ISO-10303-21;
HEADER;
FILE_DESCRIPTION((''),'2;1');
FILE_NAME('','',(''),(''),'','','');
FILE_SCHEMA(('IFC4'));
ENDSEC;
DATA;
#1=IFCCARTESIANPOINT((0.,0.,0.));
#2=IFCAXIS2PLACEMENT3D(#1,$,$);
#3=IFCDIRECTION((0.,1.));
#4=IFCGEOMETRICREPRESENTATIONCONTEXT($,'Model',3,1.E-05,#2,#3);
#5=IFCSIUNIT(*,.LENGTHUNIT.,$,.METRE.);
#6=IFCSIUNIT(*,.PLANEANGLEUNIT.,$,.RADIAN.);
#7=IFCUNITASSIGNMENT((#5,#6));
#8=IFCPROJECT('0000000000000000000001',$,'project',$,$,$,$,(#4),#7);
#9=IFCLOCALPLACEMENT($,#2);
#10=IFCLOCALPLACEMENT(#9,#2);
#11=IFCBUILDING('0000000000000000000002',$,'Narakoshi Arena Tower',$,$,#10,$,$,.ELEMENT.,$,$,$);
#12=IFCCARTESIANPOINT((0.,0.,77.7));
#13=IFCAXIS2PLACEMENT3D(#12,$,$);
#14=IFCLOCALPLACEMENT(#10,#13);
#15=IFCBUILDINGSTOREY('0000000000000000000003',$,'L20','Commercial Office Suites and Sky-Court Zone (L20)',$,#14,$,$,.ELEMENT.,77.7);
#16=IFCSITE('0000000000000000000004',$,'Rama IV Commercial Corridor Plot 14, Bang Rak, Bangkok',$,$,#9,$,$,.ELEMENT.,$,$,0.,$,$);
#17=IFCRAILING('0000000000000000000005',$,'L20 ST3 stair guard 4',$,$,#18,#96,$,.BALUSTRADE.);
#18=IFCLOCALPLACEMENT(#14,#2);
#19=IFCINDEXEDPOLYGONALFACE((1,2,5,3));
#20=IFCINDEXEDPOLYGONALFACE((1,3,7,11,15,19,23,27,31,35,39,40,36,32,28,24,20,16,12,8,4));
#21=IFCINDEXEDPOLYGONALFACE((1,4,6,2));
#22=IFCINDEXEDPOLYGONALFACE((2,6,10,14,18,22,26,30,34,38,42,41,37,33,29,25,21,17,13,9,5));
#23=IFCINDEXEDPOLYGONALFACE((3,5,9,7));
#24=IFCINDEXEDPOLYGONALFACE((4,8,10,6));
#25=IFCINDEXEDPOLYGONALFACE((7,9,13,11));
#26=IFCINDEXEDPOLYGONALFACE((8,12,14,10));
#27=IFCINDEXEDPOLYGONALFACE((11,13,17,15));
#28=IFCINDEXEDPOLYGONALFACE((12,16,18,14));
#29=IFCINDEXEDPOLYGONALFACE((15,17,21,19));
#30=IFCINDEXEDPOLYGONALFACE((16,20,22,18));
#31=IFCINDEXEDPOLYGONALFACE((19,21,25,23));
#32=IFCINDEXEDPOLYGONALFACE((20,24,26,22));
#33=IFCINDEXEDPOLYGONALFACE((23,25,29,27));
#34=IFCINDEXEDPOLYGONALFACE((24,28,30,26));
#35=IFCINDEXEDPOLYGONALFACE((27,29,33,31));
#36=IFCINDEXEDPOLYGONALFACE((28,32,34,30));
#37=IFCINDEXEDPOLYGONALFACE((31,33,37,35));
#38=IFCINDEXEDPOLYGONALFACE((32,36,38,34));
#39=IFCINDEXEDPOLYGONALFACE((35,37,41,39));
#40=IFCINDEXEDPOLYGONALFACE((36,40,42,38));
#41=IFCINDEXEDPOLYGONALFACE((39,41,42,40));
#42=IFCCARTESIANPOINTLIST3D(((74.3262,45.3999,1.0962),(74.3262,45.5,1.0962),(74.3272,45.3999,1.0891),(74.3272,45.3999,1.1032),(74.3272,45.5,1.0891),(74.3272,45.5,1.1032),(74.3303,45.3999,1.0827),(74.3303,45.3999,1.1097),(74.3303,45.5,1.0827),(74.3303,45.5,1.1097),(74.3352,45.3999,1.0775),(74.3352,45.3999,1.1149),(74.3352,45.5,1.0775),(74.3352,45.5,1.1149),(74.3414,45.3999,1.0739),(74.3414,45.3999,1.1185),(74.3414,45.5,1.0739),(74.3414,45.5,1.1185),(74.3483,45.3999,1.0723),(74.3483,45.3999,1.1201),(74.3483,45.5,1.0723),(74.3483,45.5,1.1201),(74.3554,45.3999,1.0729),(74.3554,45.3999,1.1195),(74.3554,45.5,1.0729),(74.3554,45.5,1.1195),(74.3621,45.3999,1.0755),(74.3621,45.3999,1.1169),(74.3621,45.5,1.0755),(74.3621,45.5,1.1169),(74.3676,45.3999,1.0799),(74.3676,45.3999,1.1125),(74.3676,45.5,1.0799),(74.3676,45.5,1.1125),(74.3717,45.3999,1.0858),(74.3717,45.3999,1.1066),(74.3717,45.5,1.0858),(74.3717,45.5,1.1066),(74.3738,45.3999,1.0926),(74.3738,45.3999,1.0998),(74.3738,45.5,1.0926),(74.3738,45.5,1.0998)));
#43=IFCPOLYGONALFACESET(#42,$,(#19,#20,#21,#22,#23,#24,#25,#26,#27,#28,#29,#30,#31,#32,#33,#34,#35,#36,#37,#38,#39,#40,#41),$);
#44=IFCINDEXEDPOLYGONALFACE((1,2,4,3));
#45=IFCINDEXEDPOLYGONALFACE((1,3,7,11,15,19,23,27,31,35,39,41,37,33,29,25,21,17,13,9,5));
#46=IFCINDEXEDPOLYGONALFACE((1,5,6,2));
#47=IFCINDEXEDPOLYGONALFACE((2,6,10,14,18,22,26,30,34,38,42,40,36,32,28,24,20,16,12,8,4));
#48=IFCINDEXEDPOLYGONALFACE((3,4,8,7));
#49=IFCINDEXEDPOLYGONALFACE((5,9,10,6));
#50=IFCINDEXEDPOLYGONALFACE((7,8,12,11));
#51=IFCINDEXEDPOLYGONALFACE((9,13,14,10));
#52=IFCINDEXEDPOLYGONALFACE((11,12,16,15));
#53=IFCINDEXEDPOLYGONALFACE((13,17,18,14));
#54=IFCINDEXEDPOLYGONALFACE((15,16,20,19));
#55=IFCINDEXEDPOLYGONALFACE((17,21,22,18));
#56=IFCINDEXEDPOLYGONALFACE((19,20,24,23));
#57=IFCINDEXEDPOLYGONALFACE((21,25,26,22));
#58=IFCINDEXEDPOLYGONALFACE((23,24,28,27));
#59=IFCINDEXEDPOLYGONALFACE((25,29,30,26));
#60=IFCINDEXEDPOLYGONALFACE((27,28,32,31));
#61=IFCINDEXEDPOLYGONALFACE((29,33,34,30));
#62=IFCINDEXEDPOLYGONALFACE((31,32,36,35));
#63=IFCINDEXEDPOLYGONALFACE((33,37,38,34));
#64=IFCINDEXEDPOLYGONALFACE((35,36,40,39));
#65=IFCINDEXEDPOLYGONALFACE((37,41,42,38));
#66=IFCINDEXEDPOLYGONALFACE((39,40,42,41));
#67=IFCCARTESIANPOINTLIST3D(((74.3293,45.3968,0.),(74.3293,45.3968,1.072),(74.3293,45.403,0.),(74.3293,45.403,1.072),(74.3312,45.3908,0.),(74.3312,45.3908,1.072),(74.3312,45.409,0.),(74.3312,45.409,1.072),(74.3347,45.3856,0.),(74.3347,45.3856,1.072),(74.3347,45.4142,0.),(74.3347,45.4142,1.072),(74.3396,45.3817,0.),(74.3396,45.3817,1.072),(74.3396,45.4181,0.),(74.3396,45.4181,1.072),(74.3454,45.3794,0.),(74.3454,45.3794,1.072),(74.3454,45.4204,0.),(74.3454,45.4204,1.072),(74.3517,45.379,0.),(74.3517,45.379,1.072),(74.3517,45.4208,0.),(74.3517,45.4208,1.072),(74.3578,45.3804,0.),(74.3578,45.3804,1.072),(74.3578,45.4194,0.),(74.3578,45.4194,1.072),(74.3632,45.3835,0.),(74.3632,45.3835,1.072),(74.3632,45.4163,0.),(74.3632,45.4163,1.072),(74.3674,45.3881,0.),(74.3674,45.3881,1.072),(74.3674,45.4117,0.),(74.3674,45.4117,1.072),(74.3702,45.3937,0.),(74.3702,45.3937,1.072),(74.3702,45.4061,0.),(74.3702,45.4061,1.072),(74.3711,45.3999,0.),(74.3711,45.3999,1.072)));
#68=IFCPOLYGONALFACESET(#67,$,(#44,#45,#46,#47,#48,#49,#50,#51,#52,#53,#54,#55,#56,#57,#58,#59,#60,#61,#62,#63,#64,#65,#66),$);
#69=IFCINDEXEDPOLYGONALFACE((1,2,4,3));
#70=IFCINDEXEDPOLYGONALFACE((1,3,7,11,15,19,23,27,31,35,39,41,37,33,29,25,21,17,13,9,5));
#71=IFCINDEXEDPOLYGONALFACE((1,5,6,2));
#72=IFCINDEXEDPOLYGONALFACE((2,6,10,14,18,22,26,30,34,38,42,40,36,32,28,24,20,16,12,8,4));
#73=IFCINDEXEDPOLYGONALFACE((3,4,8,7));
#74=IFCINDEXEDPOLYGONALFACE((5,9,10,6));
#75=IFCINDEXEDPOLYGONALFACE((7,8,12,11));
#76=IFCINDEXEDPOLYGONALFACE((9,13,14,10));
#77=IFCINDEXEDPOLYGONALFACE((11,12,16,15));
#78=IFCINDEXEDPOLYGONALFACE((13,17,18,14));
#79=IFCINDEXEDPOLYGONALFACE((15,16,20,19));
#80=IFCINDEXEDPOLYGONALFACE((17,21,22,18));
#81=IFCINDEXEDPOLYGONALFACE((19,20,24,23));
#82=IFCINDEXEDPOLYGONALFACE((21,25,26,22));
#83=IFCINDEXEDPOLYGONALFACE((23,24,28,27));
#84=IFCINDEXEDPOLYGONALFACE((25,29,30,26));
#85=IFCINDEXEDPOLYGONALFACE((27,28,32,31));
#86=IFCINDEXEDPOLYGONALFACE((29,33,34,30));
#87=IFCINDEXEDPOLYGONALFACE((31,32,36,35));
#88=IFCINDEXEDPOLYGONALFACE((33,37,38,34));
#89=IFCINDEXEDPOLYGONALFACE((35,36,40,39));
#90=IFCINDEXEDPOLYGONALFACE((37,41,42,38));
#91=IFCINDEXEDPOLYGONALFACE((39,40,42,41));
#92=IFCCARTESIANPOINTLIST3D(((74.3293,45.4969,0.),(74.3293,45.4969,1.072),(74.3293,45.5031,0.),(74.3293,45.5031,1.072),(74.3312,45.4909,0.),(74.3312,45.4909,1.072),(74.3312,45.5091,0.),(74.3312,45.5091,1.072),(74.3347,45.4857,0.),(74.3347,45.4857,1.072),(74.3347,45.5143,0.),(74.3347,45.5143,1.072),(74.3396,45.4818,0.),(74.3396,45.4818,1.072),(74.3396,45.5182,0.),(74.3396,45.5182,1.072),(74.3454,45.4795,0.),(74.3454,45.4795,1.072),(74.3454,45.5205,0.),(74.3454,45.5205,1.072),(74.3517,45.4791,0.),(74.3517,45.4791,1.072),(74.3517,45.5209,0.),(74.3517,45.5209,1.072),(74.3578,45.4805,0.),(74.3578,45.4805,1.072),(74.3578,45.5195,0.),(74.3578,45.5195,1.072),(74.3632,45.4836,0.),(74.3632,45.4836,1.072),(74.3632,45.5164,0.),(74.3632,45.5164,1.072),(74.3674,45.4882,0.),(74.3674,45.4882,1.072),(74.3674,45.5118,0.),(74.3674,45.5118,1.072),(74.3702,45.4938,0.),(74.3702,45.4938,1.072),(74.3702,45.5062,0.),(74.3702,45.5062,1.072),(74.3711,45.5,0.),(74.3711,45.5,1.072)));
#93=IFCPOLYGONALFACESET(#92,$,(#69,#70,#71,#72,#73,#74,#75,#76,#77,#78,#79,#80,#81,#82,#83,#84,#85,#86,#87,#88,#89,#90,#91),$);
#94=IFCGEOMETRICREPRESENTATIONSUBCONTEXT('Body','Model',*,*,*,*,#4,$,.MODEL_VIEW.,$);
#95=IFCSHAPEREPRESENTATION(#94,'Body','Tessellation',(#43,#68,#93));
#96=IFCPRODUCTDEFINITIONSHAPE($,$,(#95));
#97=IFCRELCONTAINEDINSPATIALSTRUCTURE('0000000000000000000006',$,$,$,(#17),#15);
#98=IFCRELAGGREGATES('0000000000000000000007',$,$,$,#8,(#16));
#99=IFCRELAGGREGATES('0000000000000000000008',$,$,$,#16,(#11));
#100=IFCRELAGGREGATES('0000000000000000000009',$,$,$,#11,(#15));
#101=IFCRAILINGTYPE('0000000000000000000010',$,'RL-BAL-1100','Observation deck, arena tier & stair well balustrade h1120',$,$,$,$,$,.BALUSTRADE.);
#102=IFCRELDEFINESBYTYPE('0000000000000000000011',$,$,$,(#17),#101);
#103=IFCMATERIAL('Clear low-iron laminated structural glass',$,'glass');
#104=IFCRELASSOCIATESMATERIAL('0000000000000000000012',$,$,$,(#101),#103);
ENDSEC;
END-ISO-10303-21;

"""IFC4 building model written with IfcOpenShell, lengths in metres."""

from ifc_helpers import new_model, si_unit, direction, frame, origin, origin_2d, place, context, subcontext, project, spatial, circle, extrude, material, type_object, element, save


model = new_model("IFC4")

# Units and contexts
model_context = context("Model", 3, precision=1e-05, world=origin(), true_north=direction((0.0, 1.0)))
body_context = subcontext(model_context, "Body", "Model", "MODEL_VIEW")
ifc_project = project(units=[si_unit("LENGTHUNIT", "METRE"), si_unit("PLANEANGLEUNIT", "RADIAN")], contexts=[model_context])

# Site, building, storey
site_placement = place(None, origin())
site = spatial("IfcSite", under=ifc_project, at=site_placement, Name="Rama IV Commercial Corridor Plot 14, Bang Rak, Bangkok", CompositionType="ELEMENT", RefElevation=0.0)
building_placement = place(site_placement, origin())
building = spatial("IfcBuilding", under=site, at=building_placement, Name="Narakoshi Arena Tower", CompositionType="ELEMENT")
storey_placement = place(building_placement, frame((0.0, 0.0, 77.7)))
storey = spatial("IfcBuildingStorey", under=building, at=storey_placement, Name="L20", Description="Commercial Office Suites and Sky-Court Zone (L20)", CompositionType="ELEMENT", Elevation=77.7)

# Railing
ifc_material_1 = material(Name="Clear low-iron laminated structural glass", Category="glass")
railing_type_1 = type_object("IfcRailingType", Name="RL-BAL-1100", Description="Observation deck, arena tier & stair well balustrade h1120", PredefinedType="BALUSTRADE", material=ifc_material_1)
railing_1_placement = place(storey_placement, frame((74.3501, 45.3999, 0.0)))
element("IfcRailing", 1, at=railing_1_placement, inside=storey, type_object=railing_type_1, Name="L20 ST3 stair guard 4", PredefinedType="BALUSTRADE", context=body_context, shape_type="SweptSolid", body=[
    extrude(circle(Radius=0.0239, at=origin_2d()), frame((0.0, 0.0, 1.0962), z_axis=(0.0, 1.0, 0.0), x_axis=(-1.0, 0.0, 0.0)), (0.0, 0.0, 1.0), 0.1001),
    extrude(circle(Radius=0.021, at=origin_2d()), origin(), (0.0, 0.0, 1.0), 1.072),
    extrude(circle(Radius=0.021, at=origin_2d()), frame((0.0, 0.1001, 0.0)), (0.0, 0.0, 1.0), 1.072),
])

save(model, "model.ifc")
